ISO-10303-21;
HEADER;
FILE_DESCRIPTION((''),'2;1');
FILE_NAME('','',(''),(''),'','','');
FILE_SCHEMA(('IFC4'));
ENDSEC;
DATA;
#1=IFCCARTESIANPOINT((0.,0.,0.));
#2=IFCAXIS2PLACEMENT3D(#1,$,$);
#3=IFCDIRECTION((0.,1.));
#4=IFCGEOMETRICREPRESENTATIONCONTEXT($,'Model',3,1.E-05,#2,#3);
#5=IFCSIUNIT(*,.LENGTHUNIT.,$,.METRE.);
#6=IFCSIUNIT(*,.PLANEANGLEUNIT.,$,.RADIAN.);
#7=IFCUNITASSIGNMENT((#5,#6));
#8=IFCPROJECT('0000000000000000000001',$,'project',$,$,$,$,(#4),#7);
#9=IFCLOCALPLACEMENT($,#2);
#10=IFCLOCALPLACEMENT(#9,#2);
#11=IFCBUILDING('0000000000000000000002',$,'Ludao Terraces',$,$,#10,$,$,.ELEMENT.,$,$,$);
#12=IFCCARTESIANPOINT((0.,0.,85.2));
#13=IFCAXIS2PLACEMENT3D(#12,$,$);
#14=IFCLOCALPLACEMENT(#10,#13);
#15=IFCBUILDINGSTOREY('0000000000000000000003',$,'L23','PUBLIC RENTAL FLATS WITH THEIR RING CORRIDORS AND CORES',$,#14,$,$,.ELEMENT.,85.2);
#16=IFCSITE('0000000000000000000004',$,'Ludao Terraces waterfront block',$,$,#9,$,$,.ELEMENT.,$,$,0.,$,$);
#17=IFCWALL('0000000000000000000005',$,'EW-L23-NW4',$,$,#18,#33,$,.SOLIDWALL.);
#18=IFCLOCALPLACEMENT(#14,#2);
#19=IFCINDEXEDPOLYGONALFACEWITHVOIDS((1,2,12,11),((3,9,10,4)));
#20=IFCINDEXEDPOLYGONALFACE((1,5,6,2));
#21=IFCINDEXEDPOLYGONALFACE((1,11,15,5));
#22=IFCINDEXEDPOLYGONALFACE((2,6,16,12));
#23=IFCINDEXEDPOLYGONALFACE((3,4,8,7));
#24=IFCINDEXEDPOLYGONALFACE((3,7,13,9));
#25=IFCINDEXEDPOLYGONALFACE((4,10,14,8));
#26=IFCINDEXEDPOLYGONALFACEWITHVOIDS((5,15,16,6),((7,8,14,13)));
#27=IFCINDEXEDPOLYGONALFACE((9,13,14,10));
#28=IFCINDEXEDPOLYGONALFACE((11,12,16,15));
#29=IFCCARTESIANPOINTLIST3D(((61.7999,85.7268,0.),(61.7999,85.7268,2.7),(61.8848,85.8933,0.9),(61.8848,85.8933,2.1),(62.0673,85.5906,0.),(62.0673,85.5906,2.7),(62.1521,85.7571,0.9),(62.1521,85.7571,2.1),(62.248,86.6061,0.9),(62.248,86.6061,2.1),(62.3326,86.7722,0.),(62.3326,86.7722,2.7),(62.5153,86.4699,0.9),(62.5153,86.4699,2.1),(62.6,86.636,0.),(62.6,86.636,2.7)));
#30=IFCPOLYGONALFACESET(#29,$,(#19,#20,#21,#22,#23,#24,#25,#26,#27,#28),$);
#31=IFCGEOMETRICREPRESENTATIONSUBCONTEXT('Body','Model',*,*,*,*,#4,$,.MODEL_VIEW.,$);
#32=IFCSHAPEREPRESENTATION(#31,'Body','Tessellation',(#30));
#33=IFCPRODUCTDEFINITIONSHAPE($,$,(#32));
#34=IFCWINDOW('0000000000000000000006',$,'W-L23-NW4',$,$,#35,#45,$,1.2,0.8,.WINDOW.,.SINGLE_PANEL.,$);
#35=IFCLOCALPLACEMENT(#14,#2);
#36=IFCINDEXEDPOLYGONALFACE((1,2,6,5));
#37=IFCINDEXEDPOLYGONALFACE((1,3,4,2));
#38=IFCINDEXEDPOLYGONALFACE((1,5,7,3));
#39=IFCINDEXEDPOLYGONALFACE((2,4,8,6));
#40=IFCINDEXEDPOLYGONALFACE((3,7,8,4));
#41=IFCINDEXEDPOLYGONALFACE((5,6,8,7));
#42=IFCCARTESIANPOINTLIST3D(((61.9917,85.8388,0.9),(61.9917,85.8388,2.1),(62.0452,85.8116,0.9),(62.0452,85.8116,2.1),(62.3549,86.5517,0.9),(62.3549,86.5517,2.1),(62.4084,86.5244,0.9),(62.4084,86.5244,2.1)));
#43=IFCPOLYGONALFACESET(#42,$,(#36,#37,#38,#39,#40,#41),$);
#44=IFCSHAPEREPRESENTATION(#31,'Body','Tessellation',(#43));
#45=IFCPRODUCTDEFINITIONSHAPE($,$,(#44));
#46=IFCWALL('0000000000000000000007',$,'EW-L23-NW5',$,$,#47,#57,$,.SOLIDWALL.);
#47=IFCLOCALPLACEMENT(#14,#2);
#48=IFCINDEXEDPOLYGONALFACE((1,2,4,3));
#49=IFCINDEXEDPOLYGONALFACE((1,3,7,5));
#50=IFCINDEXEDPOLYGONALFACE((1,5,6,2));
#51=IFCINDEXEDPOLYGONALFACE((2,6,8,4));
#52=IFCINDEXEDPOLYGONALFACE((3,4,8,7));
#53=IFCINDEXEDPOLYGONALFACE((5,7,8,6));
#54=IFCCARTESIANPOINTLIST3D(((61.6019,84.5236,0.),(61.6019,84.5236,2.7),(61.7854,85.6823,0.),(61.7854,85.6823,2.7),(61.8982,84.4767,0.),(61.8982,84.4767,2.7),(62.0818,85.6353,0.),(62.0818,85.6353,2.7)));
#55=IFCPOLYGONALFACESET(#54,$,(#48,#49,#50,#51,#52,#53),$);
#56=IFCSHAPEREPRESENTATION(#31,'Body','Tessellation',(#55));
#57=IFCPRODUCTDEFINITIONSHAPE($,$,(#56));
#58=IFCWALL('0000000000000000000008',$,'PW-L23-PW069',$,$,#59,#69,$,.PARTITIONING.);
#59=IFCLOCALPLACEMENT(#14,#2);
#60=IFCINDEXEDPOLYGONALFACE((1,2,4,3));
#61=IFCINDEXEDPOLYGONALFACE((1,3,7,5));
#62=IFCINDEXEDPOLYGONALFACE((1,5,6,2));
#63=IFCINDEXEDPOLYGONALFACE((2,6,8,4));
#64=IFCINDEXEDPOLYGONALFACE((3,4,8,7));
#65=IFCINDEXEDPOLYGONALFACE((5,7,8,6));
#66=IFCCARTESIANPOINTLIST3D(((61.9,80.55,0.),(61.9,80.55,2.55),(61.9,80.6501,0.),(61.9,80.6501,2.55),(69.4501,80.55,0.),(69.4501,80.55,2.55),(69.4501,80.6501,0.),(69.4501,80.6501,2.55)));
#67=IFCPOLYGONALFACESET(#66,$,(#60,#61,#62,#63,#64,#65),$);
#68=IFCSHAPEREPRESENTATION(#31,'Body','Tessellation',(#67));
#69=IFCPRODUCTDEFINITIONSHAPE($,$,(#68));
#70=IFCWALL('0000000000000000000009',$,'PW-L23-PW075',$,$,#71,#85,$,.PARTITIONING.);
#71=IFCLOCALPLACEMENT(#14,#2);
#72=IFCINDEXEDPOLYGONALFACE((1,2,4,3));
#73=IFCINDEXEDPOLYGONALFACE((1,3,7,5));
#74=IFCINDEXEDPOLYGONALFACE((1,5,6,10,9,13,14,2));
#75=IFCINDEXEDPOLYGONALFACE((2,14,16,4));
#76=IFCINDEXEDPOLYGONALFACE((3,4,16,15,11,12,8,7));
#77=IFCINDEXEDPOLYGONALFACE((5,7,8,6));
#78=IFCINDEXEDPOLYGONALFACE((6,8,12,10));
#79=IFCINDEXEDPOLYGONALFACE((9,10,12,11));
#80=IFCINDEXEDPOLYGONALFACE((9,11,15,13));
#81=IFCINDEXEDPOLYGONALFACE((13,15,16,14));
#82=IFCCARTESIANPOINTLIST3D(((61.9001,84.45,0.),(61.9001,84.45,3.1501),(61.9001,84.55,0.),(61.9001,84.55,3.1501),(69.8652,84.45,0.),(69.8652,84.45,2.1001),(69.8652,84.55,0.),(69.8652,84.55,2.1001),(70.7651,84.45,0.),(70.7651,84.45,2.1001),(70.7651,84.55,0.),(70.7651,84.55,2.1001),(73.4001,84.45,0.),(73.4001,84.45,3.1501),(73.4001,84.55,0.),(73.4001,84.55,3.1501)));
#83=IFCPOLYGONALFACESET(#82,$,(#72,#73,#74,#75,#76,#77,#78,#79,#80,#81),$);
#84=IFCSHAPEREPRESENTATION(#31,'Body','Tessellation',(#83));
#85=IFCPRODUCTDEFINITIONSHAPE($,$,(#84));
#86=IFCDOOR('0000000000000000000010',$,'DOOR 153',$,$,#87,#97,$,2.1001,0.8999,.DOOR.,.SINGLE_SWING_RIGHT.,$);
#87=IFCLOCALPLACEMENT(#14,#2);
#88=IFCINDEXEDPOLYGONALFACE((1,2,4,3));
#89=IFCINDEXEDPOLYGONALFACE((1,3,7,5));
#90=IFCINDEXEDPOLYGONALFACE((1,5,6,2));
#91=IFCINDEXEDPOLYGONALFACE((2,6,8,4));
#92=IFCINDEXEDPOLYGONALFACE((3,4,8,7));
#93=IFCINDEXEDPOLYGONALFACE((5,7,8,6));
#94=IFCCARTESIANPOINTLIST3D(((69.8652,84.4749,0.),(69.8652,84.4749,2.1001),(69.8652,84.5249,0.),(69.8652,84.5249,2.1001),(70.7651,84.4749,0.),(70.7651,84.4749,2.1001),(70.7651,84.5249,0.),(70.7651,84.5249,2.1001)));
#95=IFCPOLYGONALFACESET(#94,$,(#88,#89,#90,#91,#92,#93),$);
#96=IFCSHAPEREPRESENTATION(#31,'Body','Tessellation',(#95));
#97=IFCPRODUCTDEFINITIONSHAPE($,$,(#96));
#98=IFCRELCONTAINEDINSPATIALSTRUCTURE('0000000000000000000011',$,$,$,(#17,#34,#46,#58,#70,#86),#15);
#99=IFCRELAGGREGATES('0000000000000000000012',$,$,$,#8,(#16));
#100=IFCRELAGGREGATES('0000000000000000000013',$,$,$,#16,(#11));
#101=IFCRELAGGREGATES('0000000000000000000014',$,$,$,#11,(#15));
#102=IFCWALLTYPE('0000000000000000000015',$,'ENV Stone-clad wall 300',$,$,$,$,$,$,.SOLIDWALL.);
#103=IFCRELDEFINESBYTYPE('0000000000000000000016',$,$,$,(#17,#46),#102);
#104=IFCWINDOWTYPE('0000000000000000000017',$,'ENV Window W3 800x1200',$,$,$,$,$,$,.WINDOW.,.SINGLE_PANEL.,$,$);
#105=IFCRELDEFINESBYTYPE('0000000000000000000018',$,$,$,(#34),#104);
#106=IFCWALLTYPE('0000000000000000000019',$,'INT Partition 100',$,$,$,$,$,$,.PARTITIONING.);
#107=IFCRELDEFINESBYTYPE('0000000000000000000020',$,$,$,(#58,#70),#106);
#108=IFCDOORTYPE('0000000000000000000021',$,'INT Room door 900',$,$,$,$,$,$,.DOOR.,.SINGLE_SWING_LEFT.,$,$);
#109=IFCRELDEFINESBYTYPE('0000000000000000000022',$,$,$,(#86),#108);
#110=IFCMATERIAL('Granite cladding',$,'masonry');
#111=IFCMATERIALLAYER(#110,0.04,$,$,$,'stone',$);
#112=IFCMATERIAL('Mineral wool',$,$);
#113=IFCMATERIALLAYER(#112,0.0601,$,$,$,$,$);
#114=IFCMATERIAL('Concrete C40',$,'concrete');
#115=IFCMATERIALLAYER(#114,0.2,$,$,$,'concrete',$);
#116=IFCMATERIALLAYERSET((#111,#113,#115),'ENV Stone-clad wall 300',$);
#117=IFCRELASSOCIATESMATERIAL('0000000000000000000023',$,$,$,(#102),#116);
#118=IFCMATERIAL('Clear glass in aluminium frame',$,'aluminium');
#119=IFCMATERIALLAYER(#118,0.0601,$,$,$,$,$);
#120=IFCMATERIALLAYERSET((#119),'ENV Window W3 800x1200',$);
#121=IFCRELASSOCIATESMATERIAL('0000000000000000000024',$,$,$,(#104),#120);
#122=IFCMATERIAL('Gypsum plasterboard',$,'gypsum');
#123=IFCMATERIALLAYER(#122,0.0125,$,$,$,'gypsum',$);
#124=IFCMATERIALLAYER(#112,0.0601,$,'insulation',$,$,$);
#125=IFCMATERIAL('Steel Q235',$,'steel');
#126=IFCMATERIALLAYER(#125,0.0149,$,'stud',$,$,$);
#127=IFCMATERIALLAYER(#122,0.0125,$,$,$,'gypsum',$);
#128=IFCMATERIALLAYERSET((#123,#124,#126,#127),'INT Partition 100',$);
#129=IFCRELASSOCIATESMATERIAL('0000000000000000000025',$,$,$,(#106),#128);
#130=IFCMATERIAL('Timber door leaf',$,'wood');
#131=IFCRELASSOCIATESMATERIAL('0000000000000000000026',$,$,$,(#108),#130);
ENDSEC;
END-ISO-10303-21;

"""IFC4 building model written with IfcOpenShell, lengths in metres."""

from ifc_helpers import new_model, si_unit, direction, frame, frame_2d, origin, place, context, subcontext, project, spatial, rectangle, extrude, material, layer, layer_set, type_object, element, fill, save


model = new_model("IFC4")

# Units and contexts
model_context = context("Model", 3, precision=1e-05, world=origin(), true_north=direction((0.0, 1.0)))
body_context = subcontext(model_context, "Body", "Model", "MODEL_VIEW")
ifc_project = project(units=[si_unit("LENGTHUNIT", "METRE"), si_unit("PLANEANGLEUNIT", "RADIAN")], contexts=[model_context])

# Site, building, storey
site_placement = place(None, origin())
site = spatial("IfcSite", under=ifc_project, at=site_placement, Name="Ludao Terraces waterfront block", CompositionType="ELEMENT", RefElevation=0.0)
building_placement = place(site_placement, origin())
building = spatial("IfcBuilding", under=site, at=building_placement, Name="Ludao Terraces", CompositionType="ELEMENT")
storey_placement = place(building_placement, frame((0.0, 0.0, 85.2)))
storey = spatial("IfcBuildingStorey", under=building, at=storey_placement, Name="L23", Description="PUBLIC RENTAL FLATS WITH THEIR RING CORRIDORS AND CORES", CompositionType="ELEMENT", Elevation=85.2)

# Shared definitions
ifc_material_1 = material(Name="Concrete C40", Category="concrete")

# Wall, opening, window
ifc_material_2 = material(Name="Granite cladding", Category="masonry")
ifc_layer_1 = layer(ifc_material_2, 0.04, Category="stone")
ifc_material_3 = material(Name="Mineral wool")
ifc_layer_2 = layer(ifc_material_3, 0.0601)
ifc_layer_3 = layer(ifc_material_1, 0.2, Category="concrete")
ifc_layer_set_1 = layer_set([ifc_layer_1, ifc_layer_2, ifc_layer_3], Name="ENV Stone-clad wall 300")
wall_type_1 = type_object("IfcWallType", Name="ENV Stone-clad wall 300", PredefinedType="SOLIDWALL", material=ifc_layer_set_1)
ifc_material_4 = material(Name="Clear glass in aluminium frame", Category="aluminium")
ifc_layer_4 = layer(ifc_material_4, 0.0601)
ifc_layer_set_2 = layer_set([ifc_layer_4], Name="ENV Window W3 800x1200")
window_type_1 = type_object("IfcWindowType", Name="ENV Window W3 800x1200", PartitioningType="SINGLE_PANEL", PredefinedType="WINDOW", material=ifc_layer_set_2)
wall_1_placement = place(storey_placement, frame((62.4663, 86.7041, 0.0), z_axis=(0.0, 0.0, 1.0), x_axis=(-0.454026, -0.890989, 0.0)))
wall_1 = element("IfcWall", 1, at=wall_1_placement, inside=storey, type_object=wall_type_1, Name="EW-L23-NW4", PredefinedType="SOLIDWALL", context=body_context, shape_type="SweptSolid", body=[
    extrude(rectangle(XDim=1.1733, YDim=0.3, at=frame_2d((0.5867, 0.0))), origin(), (0.0, 0.0, 1.0), 2.7),
])
opening_1_placement = place(wall_1_placement, frame((0.1865, 0.0, 0.8999)))
opening_1 = element("IfcOpeningElement", 2, at=opening_1_placement, cuts=wall_1, PredefinedType="OPENING", context=body_context, shape_type="SweptSolid", body=[
    extrude(rectangle(XDim=0.8, YDim=1.2, at=frame_2d((0.3999, 0.6001))), frame((0.0, 0.1602, 0.0), z_axis=(0.0, -1.0, 0.0), x_axis=(1.0, 0.0, 0.0)), (0.0, 0.0, 1.0), 0.3201),
])
window_1_placement = place(opening_1_placement, origin())
window_1 = element("IfcWindow", 3, at=window_1_placement, inside=storey, type_object=window_type_1, Name="W-L23-NW4", OverallHeight=1.2, OverallWidth=0.8, PartitioningType="SINGLE_PANEL", PredefinedType="WINDOW", context=body_context, shape_type="SweptSolid", body=[
    extrude(rectangle(XDim=0.8, YDim=1.2, at=frame_2d((0.3999, 0.6001))), frame((0.0, 0.03, 0.0), z_axis=(0.0, -1.0, 0.0), x_axis=(1.0, 0.0, 0.0)), (0.0, 0.0, 1.0), 0.0601),
])
fill(opening_1, window_1)

# Walls
wall_2_placement = place(storey_placement, frame((61.9336, 85.6587, 0.0), z_axis=(0.0, 0.0, 1.0), x_axis=(-0.156497, -0.987678, 0.0)))
element("IfcWall", 4, at=wall_2_placement, inside=storey, type_object=wall_type_1, Name="EW-L23-NW5", PredefinedType="SOLIDWALL", context=body_context, shape_type="SweptSolid", body=[
    extrude(rectangle(XDim=1.1731, YDim=0.3, at=frame_2d((0.5864, 0.0))), origin(), (0.0, 0.0, 1.0), 2.7),
])
ifc_material_5 = material(Name="Gypsum plasterboard", Category="gypsum")
ifc_layer_5 = layer(ifc_material_5, 0.0125, Category="gypsum")
ifc_layer_6 = layer(ifc_material_3, 0.0601, Name="insulation")
ifc_material_6 = material(Name="Steel Q235", Category="steel")
ifc_layer_7 = layer(ifc_material_6, 0.0149, Name="stud")
ifc_layer_8 = layer(ifc_material_5, 0.0125, Category="gypsum")
ifc_layer_set_3 = layer_set([ifc_layer_5, ifc_layer_6, ifc_layer_7, ifc_layer_8], Name="INT Partition 100")
wall_type_2 = type_object("IfcWallType", Name="INT Partition 100", PredefinedType="PARTITIONING", material=ifc_layer_set_3)
wall_3_placement = place(storey_placement, frame((61.9001, 80.6001, 0.0), z_axis=(0.0, 0.0, 1.0), x_axis=(1.0, 0.0, 0.0)))
element("IfcWall", 5, at=wall_3_placement, inside=storey, type_object=wall_type_2, Name="PW-L23-PW069", PredefinedType="PARTITIONING", context=body_context, shape_type="SweptSolid", body=[
    extrude(rectangle(XDim=7.55, YDim=0.1001, at=frame_2d((3.7749, 0.0))), origin(), (0.0, 0.0, 1.0), 2.55),
])

# Wall, opening, door
wall_4_placement = place(storey_placement, frame((61.9001, 84.5, 0.0), z_axis=(0.0, 0.0, 1.0), x_axis=(1.0, 0.0, 0.0)))
wall_4 = element("IfcWall", 6, at=wall_4_placement, inside=storey, type_object=wall_type_2, Name="PW-L23-PW075", PredefinedType="PARTITIONING", context=body_context, shape_type="SweptSolid", body=[
    extrude(rectangle(XDim=11.5, YDim=0.1001, at=frame_2d((5.75, 0.0))), origin(), (0.0, 0.0, 1.0), 3.1501),
])
opening_2_placement = place(wall_4_placement, frame((7.9651, 0.0, 0.0)))
opening_2 = element("IfcOpeningElement", 7, at=opening_2_placement, cuts=wall_4, PredefinedType="OPENING", context=body_context, shape_type="SweptSolid", body=[
    extrude(rectangle(XDim=0.8999, YDim=2.1001, at=frame_2d((0.45, 1.05))), frame((0.0, 0.0601, 0.0), z_axis=(0.0, -1.0, 0.0), x_axis=(1.0, 0.0, 0.0)), (0.0, 0.0, 1.0), 0.1201),
])
ifc_material_7 = material(Name="Timber door leaf", Category="wood")
door_type = type_object("IfcDoorType", Name="INT Room door 900", OperationType="SINGLE_SWING_LEFT", PredefinedType="DOOR", material=ifc_material_7)
door_placement = place(opening_2_placement, origin())
door = element("IfcDoor", 8, at=door_placement, inside=storey, type_object=door_type, Name="DOOR 153", OperationType="SINGLE_SWING_RIGHT", OverallHeight=2.1001, OverallWidth=0.8999, PredefinedType="DOOR", context=body_context, shape_type="SweptSolid", body=[
    extrude(rectangle(XDim=0.8999, YDim=2.1001, at=frame_2d((0.45, 1.05))), frame((0.0, 0.0249, 0.0), z_axis=(0.0, -1.0, 0.0), x_axis=(1.0, 0.0, 0.0)), (0.0, 0.0, 1.0), 0.05),
])
fill(opening_2, door)

save(model, "model.ifc")
